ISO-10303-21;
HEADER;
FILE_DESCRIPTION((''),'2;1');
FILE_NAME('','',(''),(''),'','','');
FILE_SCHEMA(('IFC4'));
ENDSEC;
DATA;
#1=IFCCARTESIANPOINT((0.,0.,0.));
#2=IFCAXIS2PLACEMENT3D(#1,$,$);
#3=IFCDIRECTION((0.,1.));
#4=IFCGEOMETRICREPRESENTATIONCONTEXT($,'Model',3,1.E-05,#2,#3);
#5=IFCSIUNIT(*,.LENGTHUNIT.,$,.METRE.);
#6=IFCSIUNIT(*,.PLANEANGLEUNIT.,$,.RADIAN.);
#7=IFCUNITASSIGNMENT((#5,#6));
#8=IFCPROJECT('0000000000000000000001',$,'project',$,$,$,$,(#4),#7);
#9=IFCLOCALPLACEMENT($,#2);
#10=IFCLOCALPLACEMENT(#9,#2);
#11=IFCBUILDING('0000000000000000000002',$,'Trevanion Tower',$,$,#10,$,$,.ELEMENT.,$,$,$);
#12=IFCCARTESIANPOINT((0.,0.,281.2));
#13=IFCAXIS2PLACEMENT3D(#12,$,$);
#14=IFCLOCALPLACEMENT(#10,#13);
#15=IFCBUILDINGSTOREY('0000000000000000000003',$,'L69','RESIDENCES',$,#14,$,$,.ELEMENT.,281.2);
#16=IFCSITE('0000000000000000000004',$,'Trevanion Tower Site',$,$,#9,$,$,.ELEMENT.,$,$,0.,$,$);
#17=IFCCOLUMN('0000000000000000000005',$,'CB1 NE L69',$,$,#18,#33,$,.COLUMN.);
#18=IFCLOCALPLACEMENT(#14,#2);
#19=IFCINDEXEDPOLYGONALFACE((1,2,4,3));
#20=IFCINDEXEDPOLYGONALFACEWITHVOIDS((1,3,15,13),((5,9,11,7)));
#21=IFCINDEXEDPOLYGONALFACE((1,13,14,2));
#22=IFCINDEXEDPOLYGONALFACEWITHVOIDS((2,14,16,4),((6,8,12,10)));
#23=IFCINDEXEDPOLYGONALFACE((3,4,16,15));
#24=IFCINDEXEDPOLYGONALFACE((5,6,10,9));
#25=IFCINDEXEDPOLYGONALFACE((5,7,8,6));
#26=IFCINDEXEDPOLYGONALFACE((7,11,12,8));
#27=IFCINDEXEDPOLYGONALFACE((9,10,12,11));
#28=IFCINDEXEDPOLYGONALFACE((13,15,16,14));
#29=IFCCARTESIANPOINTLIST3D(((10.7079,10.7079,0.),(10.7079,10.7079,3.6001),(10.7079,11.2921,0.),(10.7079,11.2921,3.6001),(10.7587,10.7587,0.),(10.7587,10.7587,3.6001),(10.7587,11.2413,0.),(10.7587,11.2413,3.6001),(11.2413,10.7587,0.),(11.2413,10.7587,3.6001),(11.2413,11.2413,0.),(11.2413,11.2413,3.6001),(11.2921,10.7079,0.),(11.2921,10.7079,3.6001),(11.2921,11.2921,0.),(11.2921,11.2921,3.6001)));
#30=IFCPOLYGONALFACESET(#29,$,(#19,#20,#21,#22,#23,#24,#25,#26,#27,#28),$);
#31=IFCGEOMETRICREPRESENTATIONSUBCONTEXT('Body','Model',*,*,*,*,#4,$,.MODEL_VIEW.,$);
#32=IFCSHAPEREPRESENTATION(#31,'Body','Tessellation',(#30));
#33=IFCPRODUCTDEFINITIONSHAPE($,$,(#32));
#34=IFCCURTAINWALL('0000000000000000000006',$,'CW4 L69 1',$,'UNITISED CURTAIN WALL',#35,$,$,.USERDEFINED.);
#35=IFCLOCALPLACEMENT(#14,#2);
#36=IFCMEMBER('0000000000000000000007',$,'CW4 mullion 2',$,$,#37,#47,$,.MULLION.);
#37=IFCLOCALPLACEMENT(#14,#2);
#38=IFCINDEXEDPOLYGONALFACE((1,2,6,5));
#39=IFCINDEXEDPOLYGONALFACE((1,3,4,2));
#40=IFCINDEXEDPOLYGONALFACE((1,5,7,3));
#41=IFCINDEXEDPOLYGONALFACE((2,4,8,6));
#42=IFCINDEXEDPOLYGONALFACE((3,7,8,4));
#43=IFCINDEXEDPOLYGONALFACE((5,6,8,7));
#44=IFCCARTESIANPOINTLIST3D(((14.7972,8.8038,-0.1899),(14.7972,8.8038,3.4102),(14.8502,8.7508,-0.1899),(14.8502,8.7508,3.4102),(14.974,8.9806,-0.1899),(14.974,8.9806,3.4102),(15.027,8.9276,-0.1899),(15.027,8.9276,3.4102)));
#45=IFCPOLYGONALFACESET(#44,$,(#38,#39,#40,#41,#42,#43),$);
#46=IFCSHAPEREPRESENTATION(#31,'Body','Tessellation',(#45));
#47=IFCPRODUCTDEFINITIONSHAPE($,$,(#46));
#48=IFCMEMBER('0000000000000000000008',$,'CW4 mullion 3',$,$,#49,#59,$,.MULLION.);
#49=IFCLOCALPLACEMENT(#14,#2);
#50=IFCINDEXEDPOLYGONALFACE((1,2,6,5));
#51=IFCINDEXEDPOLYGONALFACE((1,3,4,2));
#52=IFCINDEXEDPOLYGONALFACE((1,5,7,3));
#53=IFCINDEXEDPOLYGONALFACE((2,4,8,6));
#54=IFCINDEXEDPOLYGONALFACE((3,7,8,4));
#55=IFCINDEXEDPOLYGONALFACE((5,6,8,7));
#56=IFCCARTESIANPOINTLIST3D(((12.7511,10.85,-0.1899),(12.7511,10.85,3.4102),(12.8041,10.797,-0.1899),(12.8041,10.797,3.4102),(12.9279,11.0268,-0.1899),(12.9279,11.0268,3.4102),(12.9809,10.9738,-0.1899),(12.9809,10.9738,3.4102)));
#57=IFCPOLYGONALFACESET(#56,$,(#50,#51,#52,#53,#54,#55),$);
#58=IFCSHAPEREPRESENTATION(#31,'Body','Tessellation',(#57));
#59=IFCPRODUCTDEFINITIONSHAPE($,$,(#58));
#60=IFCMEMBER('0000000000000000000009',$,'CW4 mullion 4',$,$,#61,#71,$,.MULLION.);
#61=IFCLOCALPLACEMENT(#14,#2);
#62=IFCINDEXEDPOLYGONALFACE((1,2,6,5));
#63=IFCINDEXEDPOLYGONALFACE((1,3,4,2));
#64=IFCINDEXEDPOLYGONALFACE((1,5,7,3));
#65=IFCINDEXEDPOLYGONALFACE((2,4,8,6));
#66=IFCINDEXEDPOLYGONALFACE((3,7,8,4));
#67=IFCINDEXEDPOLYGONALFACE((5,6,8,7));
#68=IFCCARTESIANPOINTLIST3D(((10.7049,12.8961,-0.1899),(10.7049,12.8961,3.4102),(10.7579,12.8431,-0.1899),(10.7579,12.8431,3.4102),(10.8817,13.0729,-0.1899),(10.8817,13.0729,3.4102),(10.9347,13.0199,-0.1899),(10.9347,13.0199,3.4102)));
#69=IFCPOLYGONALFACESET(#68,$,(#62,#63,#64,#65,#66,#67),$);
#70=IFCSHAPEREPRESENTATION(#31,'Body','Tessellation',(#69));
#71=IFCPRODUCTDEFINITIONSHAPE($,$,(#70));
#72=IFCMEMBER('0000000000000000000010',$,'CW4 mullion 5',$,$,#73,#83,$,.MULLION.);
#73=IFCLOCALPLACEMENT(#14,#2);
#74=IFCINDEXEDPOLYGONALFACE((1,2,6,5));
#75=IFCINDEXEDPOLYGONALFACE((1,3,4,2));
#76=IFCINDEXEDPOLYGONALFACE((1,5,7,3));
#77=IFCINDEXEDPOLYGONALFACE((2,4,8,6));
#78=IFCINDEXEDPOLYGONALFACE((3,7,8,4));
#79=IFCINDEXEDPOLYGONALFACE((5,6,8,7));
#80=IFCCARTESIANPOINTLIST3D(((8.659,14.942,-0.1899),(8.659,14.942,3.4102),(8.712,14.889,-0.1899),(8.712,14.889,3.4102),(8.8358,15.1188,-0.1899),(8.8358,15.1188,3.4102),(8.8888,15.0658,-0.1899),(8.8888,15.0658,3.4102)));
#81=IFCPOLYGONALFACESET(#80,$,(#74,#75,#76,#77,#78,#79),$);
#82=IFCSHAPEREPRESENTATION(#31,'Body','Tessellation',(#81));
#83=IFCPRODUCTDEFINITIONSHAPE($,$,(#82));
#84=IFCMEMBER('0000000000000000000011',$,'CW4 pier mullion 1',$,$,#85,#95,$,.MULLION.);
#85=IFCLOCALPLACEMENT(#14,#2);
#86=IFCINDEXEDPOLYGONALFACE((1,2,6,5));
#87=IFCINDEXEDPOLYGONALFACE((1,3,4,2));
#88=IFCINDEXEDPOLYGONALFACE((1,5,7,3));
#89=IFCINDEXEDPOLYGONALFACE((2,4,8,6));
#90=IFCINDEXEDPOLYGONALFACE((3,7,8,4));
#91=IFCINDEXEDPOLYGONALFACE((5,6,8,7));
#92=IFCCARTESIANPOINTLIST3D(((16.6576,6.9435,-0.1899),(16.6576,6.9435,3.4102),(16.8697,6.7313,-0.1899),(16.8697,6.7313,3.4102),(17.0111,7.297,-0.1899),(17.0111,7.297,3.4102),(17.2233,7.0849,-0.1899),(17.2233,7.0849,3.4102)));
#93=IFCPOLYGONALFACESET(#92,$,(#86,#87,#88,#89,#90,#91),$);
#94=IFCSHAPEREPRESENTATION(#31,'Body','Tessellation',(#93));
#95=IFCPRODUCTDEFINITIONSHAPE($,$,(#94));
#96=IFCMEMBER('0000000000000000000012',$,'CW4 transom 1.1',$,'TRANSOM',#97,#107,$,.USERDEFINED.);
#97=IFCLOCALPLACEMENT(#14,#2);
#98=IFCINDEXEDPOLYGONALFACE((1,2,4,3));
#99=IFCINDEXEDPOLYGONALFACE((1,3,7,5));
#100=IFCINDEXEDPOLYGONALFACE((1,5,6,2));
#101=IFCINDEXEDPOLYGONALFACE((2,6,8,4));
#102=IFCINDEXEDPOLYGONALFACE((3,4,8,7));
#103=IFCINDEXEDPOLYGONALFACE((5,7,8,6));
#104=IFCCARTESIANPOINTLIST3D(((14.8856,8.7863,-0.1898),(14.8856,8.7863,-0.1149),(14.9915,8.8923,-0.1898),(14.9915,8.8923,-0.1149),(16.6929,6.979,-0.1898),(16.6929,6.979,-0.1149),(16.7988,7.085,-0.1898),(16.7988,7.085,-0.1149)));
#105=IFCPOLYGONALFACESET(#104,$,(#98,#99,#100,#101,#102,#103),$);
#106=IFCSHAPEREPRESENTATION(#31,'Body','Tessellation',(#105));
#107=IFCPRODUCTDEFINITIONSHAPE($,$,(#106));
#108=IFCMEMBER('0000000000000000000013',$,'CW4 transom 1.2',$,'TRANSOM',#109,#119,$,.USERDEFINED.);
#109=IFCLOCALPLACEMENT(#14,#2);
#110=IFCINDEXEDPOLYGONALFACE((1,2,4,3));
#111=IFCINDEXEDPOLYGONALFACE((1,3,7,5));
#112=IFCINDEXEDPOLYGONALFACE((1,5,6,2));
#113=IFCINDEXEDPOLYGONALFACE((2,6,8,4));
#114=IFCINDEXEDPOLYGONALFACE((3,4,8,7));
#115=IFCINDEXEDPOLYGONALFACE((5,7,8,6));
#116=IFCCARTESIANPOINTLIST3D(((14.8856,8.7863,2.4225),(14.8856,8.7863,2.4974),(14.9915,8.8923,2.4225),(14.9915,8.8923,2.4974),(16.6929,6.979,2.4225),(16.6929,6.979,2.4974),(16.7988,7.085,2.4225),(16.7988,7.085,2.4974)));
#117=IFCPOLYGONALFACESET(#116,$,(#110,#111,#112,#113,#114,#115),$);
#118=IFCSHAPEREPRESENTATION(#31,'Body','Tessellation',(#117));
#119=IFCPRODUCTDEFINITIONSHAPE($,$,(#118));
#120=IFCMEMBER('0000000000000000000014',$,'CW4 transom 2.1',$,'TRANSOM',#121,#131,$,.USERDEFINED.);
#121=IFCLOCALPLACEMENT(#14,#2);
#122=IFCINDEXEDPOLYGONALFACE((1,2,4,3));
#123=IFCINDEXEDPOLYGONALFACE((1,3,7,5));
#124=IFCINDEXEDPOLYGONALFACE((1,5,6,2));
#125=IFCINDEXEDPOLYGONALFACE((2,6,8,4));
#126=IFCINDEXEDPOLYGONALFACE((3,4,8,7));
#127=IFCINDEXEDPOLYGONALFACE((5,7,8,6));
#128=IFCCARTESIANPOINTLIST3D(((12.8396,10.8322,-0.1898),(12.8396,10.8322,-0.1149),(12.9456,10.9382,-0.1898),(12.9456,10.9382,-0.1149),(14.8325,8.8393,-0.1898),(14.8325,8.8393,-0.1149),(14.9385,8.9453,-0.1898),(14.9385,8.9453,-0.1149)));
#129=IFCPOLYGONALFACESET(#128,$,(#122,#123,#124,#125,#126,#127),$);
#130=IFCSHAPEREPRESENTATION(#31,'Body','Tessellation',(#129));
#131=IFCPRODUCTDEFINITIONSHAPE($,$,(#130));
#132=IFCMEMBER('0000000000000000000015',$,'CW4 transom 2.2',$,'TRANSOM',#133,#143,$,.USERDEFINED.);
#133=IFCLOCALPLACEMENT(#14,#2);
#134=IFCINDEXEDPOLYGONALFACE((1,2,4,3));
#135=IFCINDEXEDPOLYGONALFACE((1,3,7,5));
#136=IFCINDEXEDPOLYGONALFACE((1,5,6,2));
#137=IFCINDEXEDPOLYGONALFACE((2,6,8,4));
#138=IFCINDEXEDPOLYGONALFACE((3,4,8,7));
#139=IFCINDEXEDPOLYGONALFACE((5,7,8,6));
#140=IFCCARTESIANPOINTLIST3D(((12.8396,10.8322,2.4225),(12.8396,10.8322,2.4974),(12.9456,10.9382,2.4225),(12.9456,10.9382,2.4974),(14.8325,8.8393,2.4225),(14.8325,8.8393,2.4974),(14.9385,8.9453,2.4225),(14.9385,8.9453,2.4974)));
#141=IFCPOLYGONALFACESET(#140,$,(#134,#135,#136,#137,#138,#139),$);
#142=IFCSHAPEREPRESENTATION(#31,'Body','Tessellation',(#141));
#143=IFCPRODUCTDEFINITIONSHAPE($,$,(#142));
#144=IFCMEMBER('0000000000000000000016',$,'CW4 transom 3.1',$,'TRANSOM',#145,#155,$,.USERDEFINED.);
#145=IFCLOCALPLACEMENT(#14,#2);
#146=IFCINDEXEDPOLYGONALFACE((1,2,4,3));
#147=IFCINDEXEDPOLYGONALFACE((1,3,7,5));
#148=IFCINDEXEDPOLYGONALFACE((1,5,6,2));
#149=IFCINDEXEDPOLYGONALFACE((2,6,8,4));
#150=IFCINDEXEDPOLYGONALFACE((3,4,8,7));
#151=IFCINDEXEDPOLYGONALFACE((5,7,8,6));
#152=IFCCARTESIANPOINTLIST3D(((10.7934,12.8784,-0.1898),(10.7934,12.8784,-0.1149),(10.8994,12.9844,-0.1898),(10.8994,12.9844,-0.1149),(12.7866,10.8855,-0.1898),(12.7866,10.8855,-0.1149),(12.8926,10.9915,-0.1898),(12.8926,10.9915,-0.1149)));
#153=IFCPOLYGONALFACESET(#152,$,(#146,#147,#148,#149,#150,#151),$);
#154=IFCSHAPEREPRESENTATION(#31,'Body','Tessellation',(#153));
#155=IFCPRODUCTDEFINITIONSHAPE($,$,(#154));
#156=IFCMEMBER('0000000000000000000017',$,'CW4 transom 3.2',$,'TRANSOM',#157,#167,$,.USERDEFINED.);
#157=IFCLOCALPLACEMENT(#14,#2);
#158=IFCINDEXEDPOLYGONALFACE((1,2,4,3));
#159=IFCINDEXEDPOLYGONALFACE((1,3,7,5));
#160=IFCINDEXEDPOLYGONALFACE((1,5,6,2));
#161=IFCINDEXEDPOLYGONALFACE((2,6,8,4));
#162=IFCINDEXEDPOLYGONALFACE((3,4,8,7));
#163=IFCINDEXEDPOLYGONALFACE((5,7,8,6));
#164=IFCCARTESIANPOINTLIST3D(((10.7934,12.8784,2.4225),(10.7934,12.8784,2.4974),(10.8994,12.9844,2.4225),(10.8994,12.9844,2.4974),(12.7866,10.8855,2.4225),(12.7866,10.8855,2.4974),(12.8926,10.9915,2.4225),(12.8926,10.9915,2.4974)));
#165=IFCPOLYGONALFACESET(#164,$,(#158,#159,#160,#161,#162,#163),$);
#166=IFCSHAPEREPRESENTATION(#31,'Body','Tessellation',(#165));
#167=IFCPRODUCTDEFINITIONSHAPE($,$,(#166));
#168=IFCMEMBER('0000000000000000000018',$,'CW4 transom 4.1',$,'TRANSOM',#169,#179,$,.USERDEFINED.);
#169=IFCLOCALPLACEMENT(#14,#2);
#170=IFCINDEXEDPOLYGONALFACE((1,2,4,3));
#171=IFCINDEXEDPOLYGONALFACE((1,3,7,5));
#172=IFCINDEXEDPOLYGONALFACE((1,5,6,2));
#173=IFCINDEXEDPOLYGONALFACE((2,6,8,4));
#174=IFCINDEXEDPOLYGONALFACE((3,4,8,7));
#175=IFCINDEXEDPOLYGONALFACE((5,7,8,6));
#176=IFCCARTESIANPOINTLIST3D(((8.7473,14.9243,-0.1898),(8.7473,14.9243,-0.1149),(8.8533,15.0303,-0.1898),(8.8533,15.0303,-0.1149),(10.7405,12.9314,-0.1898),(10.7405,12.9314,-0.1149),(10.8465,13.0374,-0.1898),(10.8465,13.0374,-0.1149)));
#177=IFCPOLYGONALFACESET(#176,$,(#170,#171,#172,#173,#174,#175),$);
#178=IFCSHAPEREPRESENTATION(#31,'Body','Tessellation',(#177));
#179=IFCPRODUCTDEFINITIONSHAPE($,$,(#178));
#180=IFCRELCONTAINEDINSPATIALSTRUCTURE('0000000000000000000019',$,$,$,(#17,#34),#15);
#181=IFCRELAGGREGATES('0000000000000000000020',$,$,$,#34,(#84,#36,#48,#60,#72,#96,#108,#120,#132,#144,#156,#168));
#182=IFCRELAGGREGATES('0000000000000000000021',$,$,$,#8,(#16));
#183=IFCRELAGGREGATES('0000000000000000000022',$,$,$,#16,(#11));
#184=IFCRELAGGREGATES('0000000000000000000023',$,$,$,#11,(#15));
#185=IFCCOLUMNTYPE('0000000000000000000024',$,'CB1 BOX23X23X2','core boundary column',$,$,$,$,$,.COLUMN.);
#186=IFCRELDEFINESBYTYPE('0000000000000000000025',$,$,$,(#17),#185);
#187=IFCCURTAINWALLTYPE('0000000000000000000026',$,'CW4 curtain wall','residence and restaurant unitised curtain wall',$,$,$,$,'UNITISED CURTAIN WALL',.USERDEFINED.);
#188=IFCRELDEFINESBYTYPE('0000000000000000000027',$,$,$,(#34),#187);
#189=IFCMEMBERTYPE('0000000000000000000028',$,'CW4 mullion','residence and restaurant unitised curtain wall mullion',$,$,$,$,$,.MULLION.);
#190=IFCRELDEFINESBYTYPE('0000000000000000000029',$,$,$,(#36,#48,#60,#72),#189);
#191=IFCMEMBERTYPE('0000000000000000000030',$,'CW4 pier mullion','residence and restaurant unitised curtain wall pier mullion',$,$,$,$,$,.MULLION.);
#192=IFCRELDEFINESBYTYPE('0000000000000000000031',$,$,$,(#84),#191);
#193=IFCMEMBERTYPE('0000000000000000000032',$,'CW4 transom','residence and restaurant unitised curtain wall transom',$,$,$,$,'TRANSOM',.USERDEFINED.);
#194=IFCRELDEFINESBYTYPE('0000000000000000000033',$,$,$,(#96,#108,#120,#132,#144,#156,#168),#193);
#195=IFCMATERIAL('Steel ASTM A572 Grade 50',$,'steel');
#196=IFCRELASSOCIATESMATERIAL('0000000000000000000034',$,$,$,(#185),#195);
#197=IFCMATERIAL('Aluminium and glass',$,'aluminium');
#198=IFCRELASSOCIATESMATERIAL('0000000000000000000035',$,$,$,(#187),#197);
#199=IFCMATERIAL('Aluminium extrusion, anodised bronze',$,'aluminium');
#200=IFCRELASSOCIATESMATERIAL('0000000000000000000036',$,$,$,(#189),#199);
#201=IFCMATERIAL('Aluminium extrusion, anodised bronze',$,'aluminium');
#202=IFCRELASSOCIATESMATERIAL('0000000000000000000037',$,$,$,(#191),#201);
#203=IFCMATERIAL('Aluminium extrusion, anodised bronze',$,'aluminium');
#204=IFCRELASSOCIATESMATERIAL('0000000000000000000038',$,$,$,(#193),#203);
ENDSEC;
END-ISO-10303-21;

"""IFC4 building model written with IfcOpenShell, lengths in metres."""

from ifc_helpers import new_model, si_unit, direction, frame, origin, origin_2d, place, context, subcontext, project, spatial, rectangle, hollow_rectangle, extrude, material, material_profile, profile_set, type_object, element, aggregate, save


model = new_model("IFC4")

# Units and contexts
model_context = context("Model", 3, precision=1e-05, world=origin(), true_north=direction((0.0, 1.0)))
body_context = subcontext(model_context, "Body", "Model", "MODEL_VIEW")
ifc_project = project(units=[si_unit("LENGTHUNIT", "METRE"), si_unit("PLANEANGLEUNIT", "RADIAN")], contexts=[model_context])

# Site, building, storey
site_placement = place(None, origin())
site = spatial("IfcSite", under=ifc_project, at=site_placement, Name="Trevanion Tower Site", CompositionType="ELEMENT", RefElevation=0.0)
building_placement = place(site_placement, origin())
building = spatial("IfcBuilding", under=site, at=building_placement, Name="Trevanion Tower", CompositionType="ELEMENT")
storey_placement = place(building_placement, frame((0.0, 0.0, 281.2)))
storey = spatial("IfcBuildingStorey", under=building, at=storey_placement, Name="L69", Description="RESIDENCES", CompositionType="ELEMENT", Elevation=281.2)

# Column
ifc_material_1 = material(Name="Steel ASTM A572 Grade 50", Category="steel")
ifc_material_profile_1 = material_profile(ifc_material_1, hollow_rectangle(XDim=0.5842, YDim=0.5842, WallThickness=0.0508, at=origin_2d()), Name="BOX23X23X2")
ifc_profile_set_1 = profile_set([ifc_material_profile_1], Name="Steel ASTM A572 Grade 50")
column_type = type_object("IfcColumnType", Name="CB1 BOX23X23X2", Description="core boundary column", PredefinedType="COLUMN", material=ifc_profile_set_1)
column_placement = place(storey_placement, frame((11.0, 11.0, 0.0), z_axis=(0.0, 0.0, 1.0), x_axis=(1.0, 0.0, 0.0)))
element("IfcColumn", 1, at=column_placement, inside=storey, type_object=column_type, Name="CB1 NE L69", PredefinedType="COLUMN", context=body_context, shape_type="SweptSolid", body=[
    extrude(hollow_rectangle(XDim=0.5842, YDim=0.5842, WallThickness=0.0508, at=origin_2d()), origin(), (0.0, 0.0, 1.0), 3.6001),
])

# Curtain wall, members
ifc_material_2 = material(Name="Aluminium and glass", Category="aluminium")
curtain_wall_type = type_object("IfcCurtainWallType", Name="CW4 curtain wall", Description="residence and restaurant unitised curtain wall", ElementType="UNITISED CURTAIN WALL", PredefinedType="USERDEFINED", material=ifc_material_2)
curtain_wall_placement = place(storey_placement, origin())
curtain_wall = element("IfcCurtainWall", 2, at=curtain_wall_placement, inside=storey, type_object=curtain_wall_type, Name="CW4 L69 1", ObjectType="UNITISED CURTAIN WALL", PredefinedType="USERDEFINED")
ifc_material_3 = material(Name="Aluminium extrusion, anodised bronze", Category="aluminium")
ifc_material_profile_2 = material_profile(ifc_material_3, rectangle(XDim=0.075, YDim=0.25, at=origin_2d()), Name="CW4 mullion")
ifc_profile_set_2 = profile_set([ifc_material_profile_2], Name="Aluminium extrusion, anodised bronze")
member_type_1 = type_object("IfcMemberType", Name="CW4 mullion", Description="residence and restaurant unitised curtain wall mullion", PredefinedType="MULLION", material=ifc_profile_set_2)
member_1_placement = place(storey_placement, frame((14.9121, 8.8657, -0.1899), z_axis=(0.0, 0.0, 1.0), x_axis=(-0.707107, 0.707107, 0.0)))
member_1 = element("IfcMember", 3, at=member_1_placement, type_object=member_type_1, Name="CW4 mullion 2", PredefinedType="MULLION", context=body_context, shape_type="SweptSolid", body=[
    extrude(rectangle(XDim=0.075, YDim=0.25, at=origin_2d()), origin(), (0.0, 0.0, 1.0), 3.6001),
])
member_2_placement = place(storey_placement, frame((12.866, 10.9119, -0.1899), z_axis=(0.0, 0.0, 1.0), x_axis=(-0.707107, 0.707107, 0.0)))
member_2 = element("IfcMember", 4, at=member_2_placement, type_object=member_type_1, Name="CW4 mullion 3", PredefinedType="MULLION", context=body_context, shape_type="SweptSolid", body=[
    extrude(rectangle(XDim=0.075, YDim=0.25, at=origin_2d()), origin(), (0.0, 0.0, 1.0), 3.6001),
])
member_3_placement = place(storey_placement, frame((10.8198, 12.958, -0.1899), z_axis=(0.0, 0.0, 1.0), x_axis=(-0.707107, 0.707107, 0.0)))
member_3 = element("IfcMember", 5, at=member_3_placement, type_object=member_type_1, Name="CW4 mullion 4", PredefinedType="MULLION", context=body_context, shape_type="SweptSolid", body=[
    extrude(rectangle(XDim=0.075, YDim=0.25, at=origin_2d()), origin(), (0.0, 0.0, 1.0), 3.6001),
])
member_4_placement = place(storey_placement, frame((8.7739, 15.0039, -0.1899), z_axis=(0.0, 0.0, 1.0), x_axis=(-0.707107, 0.707107, 0.0)))
member_4 = element("IfcMember", 6, at=member_4_placement, type_object=member_type_1, Name="CW4 mullion 5", PredefinedType="MULLION", context=body_context, shape_type="SweptSolid", body=[
    extrude(rectangle(XDim=0.075, YDim=0.25, at=origin_2d()), origin(), (0.0, 0.0, 1.0), 3.6001),
])
ifc_material_4 = material(Name="Aluminium extrusion, anodised bronze", Category="aluminium")
ifc_material_profile_3 = material_profile(ifc_material_4, rectangle(XDim=0.3, YDim=0.5, at=origin_2d()), Name="CW4 pier mullion")
ifc_profile_set_3 = profile_set([ifc_material_profile_3], Name="Aluminium extrusion, anodised bronze")
member_type_2 = type_object("IfcMemberType", Name="CW4 pier mullion", Description="residence and restaurant unitised curtain wall pier mullion", PredefinedType="MULLION", material=ifc_profile_set_3)
member_5_placement = place(storey_placement, frame((16.9404, 7.0142, -0.1899), z_axis=(0.0, 0.0, 1.0), x_axis=(-0.707107, 0.707107, 0.0)))
member_5 = element("IfcMember", 7, at=member_5_placement, type_object=member_type_2, Name="CW4 pier mullion 1", PredefinedType="MULLION", context=body_context, shape_type="SweptSolid", body=[
    extrude(rectangle(XDim=0.3, YDim=0.5, at=origin_2d()), origin(), (0.0, 0.0, 1.0), 3.6001),
])
ifc_material_5 = material(Name="Aluminium extrusion, anodised bronze", Category="aluminium")
ifc_material_profile_4 = material_profile(ifc_material_5, rectangle(XDim=0.1499, YDim=0.075, at=origin_2d()), Name="CW4 transom")
ifc_profile_set_4 = profile_set([ifc_material_profile_4], Name="Aluminium extrusion, anodised bronze")
member_type_3 = type_object("IfcMemberType", Name="CW4 transom", Description="residence and restaurant unitised curtain wall transom", ElementType="TRANSOM", PredefinedType="USERDEFINED", material=ifc_profile_set_4)
member_6_placement = place(storey_placement, frame((16.7458, 7.032, -0.1523), z_axis=(-0.707107, 0.707107, 0.0), x_axis=(-0.707107, -0.707107, 0.0)))
member_6 = element("IfcMember", 8, at=member_6_placement, type_object=member_type_3, Name="CW4 transom 1.1", ObjectType="TRANSOM", PredefinedType="USERDEFINED", context=body_context, shape_type="SweptSolid", body=[
    extrude(rectangle(XDim=0.1499, YDim=0.075, at=origin_2d()), origin(), (0.0, 0.0, 1.0), 2.5559),
])
member_7_placement = place(storey_placement, frame((16.7458, 7.032, 2.46), z_axis=(-0.707107, 0.707107, 0.0), x_axis=(-0.707107, -0.707107, 0.0)))
member_7 = element("IfcMember", 9, at=member_7_placement, type_object=member_type_3, Name="CW4 transom 1.2", ObjectType="TRANSOM", PredefinedType="USERDEFINED", context=body_context, shape_type="SweptSolid", body=[
    extrude(rectangle(XDim=0.1499, YDim=0.075, at=origin_2d()), origin(), (0.0, 0.0, 1.0), 2.5559),
])
member_8_placement = place(storey_placement, frame((14.8855, 8.8923, -0.1523), z_axis=(-0.707107, 0.707107, 0.0), x_axis=(-0.707107, -0.707107, 0.0)))
member_8 = element("IfcMember", 10, at=member_8_placement, type_object=member_type_3, Name="CW4 transom 2.1", ObjectType="TRANSOM", PredefinedType="USERDEFINED", context=body_context, shape_type="SweptSolid", body=[
    extrude(rectangle(XDim=0.1499, YDim=0.075, at=origin_2d()), origin(), (0.0, 0.0, 1.0), 2.8184),
])
member_9_placement = place(storey_placement, frame((14.8855, 8.8923, 2.46), z_axis=(-0.707107, 0.707107, 0.0), x_axis=(-0.707107, -0.707107, 0.0)))
member_9 = element("IfcMember", 11, at=member_9_placement, type_object=member_type_3, Name="CW4 transom 2.2", ObjectType="TRANSOM", PredefinedType="USERDEFINED", context=body_context, shape_type="SweptSolid", body=[
    extrude(rectangle(XDim=0.1499, YDim=0.075, at=origin_2d()), origin(), (0.0, 0.0, 1.0), 2.8184),
])
member_10_placement = place(storey_placement, frame((12.8396, 10.9385, -0.1523), z_axis=(-0.70715, 0.707063, 0.0), x_axis=(-0.707063, -0.70715, 0.0)))
member_10 = element("IfcMember", 12, at=member_10_placement, type_object=member_type_3, Name="CW4 transom 3.1", ObjectType="TRANSOM", PredefinedType="USERDEFINED", context=body_context, shape_type="SweptSolid", body=[
    extrude(rectangle(XDim=0.1499, YDim=0.075, at=origin_2d()), origin(), (0.0, 0.0, 1.0), 2.8186),
])
member_11_placement = place(storey_placement, frame((12.8396, 10.9385, 2.46), z_axis=(-0.70715, 0.707063, 0.0), x_axis=(-0.707063, -0.70715, 0.0)))
member_11 = element("IfcMember", 13, at=member_11_placement, type_object=member_type_3, Name="CW4 transom 3.2", ObjectType="TRANSOM", PredefinedType="USERDEFINED", context=body_context, shape_type="SweptSolid", body=[
    extrude(rectangle(XDim=0.1499, YDim=0.075, at=origin_2d()), origin(), (0.0, 0.0, 1.0), 2.8186),
])
member_12_placement = place(storey_placement, frame((10.7935, 12.9844, -0.1523), z_axis=(-0.70715, 0.707063, 0.0), x_axis=(-0.707063, -0.70715, 0.0)))
member_12 = element("IfcMember", 14, at=member_12_placement, type_object=member_type_3, Name="CW4 transom 4.1", ObjectType="TRANSOM", PredefinedType="USERDEFINED", context=body_context, shape_type="SweptSolid", body=[
    extrude(rectangle(XDim=0.1499, YDim=0.075, at=origin_2d()), origin(), (0.0, 0.0, 1.0), 2.8186),
])
aggregate(curtain_wall, [member_5, member_1, member_2, member_3, member_4, member_6, member_7, member_8, member_9, member_10, member_11, member_12])

save(model, "model.ifc")
